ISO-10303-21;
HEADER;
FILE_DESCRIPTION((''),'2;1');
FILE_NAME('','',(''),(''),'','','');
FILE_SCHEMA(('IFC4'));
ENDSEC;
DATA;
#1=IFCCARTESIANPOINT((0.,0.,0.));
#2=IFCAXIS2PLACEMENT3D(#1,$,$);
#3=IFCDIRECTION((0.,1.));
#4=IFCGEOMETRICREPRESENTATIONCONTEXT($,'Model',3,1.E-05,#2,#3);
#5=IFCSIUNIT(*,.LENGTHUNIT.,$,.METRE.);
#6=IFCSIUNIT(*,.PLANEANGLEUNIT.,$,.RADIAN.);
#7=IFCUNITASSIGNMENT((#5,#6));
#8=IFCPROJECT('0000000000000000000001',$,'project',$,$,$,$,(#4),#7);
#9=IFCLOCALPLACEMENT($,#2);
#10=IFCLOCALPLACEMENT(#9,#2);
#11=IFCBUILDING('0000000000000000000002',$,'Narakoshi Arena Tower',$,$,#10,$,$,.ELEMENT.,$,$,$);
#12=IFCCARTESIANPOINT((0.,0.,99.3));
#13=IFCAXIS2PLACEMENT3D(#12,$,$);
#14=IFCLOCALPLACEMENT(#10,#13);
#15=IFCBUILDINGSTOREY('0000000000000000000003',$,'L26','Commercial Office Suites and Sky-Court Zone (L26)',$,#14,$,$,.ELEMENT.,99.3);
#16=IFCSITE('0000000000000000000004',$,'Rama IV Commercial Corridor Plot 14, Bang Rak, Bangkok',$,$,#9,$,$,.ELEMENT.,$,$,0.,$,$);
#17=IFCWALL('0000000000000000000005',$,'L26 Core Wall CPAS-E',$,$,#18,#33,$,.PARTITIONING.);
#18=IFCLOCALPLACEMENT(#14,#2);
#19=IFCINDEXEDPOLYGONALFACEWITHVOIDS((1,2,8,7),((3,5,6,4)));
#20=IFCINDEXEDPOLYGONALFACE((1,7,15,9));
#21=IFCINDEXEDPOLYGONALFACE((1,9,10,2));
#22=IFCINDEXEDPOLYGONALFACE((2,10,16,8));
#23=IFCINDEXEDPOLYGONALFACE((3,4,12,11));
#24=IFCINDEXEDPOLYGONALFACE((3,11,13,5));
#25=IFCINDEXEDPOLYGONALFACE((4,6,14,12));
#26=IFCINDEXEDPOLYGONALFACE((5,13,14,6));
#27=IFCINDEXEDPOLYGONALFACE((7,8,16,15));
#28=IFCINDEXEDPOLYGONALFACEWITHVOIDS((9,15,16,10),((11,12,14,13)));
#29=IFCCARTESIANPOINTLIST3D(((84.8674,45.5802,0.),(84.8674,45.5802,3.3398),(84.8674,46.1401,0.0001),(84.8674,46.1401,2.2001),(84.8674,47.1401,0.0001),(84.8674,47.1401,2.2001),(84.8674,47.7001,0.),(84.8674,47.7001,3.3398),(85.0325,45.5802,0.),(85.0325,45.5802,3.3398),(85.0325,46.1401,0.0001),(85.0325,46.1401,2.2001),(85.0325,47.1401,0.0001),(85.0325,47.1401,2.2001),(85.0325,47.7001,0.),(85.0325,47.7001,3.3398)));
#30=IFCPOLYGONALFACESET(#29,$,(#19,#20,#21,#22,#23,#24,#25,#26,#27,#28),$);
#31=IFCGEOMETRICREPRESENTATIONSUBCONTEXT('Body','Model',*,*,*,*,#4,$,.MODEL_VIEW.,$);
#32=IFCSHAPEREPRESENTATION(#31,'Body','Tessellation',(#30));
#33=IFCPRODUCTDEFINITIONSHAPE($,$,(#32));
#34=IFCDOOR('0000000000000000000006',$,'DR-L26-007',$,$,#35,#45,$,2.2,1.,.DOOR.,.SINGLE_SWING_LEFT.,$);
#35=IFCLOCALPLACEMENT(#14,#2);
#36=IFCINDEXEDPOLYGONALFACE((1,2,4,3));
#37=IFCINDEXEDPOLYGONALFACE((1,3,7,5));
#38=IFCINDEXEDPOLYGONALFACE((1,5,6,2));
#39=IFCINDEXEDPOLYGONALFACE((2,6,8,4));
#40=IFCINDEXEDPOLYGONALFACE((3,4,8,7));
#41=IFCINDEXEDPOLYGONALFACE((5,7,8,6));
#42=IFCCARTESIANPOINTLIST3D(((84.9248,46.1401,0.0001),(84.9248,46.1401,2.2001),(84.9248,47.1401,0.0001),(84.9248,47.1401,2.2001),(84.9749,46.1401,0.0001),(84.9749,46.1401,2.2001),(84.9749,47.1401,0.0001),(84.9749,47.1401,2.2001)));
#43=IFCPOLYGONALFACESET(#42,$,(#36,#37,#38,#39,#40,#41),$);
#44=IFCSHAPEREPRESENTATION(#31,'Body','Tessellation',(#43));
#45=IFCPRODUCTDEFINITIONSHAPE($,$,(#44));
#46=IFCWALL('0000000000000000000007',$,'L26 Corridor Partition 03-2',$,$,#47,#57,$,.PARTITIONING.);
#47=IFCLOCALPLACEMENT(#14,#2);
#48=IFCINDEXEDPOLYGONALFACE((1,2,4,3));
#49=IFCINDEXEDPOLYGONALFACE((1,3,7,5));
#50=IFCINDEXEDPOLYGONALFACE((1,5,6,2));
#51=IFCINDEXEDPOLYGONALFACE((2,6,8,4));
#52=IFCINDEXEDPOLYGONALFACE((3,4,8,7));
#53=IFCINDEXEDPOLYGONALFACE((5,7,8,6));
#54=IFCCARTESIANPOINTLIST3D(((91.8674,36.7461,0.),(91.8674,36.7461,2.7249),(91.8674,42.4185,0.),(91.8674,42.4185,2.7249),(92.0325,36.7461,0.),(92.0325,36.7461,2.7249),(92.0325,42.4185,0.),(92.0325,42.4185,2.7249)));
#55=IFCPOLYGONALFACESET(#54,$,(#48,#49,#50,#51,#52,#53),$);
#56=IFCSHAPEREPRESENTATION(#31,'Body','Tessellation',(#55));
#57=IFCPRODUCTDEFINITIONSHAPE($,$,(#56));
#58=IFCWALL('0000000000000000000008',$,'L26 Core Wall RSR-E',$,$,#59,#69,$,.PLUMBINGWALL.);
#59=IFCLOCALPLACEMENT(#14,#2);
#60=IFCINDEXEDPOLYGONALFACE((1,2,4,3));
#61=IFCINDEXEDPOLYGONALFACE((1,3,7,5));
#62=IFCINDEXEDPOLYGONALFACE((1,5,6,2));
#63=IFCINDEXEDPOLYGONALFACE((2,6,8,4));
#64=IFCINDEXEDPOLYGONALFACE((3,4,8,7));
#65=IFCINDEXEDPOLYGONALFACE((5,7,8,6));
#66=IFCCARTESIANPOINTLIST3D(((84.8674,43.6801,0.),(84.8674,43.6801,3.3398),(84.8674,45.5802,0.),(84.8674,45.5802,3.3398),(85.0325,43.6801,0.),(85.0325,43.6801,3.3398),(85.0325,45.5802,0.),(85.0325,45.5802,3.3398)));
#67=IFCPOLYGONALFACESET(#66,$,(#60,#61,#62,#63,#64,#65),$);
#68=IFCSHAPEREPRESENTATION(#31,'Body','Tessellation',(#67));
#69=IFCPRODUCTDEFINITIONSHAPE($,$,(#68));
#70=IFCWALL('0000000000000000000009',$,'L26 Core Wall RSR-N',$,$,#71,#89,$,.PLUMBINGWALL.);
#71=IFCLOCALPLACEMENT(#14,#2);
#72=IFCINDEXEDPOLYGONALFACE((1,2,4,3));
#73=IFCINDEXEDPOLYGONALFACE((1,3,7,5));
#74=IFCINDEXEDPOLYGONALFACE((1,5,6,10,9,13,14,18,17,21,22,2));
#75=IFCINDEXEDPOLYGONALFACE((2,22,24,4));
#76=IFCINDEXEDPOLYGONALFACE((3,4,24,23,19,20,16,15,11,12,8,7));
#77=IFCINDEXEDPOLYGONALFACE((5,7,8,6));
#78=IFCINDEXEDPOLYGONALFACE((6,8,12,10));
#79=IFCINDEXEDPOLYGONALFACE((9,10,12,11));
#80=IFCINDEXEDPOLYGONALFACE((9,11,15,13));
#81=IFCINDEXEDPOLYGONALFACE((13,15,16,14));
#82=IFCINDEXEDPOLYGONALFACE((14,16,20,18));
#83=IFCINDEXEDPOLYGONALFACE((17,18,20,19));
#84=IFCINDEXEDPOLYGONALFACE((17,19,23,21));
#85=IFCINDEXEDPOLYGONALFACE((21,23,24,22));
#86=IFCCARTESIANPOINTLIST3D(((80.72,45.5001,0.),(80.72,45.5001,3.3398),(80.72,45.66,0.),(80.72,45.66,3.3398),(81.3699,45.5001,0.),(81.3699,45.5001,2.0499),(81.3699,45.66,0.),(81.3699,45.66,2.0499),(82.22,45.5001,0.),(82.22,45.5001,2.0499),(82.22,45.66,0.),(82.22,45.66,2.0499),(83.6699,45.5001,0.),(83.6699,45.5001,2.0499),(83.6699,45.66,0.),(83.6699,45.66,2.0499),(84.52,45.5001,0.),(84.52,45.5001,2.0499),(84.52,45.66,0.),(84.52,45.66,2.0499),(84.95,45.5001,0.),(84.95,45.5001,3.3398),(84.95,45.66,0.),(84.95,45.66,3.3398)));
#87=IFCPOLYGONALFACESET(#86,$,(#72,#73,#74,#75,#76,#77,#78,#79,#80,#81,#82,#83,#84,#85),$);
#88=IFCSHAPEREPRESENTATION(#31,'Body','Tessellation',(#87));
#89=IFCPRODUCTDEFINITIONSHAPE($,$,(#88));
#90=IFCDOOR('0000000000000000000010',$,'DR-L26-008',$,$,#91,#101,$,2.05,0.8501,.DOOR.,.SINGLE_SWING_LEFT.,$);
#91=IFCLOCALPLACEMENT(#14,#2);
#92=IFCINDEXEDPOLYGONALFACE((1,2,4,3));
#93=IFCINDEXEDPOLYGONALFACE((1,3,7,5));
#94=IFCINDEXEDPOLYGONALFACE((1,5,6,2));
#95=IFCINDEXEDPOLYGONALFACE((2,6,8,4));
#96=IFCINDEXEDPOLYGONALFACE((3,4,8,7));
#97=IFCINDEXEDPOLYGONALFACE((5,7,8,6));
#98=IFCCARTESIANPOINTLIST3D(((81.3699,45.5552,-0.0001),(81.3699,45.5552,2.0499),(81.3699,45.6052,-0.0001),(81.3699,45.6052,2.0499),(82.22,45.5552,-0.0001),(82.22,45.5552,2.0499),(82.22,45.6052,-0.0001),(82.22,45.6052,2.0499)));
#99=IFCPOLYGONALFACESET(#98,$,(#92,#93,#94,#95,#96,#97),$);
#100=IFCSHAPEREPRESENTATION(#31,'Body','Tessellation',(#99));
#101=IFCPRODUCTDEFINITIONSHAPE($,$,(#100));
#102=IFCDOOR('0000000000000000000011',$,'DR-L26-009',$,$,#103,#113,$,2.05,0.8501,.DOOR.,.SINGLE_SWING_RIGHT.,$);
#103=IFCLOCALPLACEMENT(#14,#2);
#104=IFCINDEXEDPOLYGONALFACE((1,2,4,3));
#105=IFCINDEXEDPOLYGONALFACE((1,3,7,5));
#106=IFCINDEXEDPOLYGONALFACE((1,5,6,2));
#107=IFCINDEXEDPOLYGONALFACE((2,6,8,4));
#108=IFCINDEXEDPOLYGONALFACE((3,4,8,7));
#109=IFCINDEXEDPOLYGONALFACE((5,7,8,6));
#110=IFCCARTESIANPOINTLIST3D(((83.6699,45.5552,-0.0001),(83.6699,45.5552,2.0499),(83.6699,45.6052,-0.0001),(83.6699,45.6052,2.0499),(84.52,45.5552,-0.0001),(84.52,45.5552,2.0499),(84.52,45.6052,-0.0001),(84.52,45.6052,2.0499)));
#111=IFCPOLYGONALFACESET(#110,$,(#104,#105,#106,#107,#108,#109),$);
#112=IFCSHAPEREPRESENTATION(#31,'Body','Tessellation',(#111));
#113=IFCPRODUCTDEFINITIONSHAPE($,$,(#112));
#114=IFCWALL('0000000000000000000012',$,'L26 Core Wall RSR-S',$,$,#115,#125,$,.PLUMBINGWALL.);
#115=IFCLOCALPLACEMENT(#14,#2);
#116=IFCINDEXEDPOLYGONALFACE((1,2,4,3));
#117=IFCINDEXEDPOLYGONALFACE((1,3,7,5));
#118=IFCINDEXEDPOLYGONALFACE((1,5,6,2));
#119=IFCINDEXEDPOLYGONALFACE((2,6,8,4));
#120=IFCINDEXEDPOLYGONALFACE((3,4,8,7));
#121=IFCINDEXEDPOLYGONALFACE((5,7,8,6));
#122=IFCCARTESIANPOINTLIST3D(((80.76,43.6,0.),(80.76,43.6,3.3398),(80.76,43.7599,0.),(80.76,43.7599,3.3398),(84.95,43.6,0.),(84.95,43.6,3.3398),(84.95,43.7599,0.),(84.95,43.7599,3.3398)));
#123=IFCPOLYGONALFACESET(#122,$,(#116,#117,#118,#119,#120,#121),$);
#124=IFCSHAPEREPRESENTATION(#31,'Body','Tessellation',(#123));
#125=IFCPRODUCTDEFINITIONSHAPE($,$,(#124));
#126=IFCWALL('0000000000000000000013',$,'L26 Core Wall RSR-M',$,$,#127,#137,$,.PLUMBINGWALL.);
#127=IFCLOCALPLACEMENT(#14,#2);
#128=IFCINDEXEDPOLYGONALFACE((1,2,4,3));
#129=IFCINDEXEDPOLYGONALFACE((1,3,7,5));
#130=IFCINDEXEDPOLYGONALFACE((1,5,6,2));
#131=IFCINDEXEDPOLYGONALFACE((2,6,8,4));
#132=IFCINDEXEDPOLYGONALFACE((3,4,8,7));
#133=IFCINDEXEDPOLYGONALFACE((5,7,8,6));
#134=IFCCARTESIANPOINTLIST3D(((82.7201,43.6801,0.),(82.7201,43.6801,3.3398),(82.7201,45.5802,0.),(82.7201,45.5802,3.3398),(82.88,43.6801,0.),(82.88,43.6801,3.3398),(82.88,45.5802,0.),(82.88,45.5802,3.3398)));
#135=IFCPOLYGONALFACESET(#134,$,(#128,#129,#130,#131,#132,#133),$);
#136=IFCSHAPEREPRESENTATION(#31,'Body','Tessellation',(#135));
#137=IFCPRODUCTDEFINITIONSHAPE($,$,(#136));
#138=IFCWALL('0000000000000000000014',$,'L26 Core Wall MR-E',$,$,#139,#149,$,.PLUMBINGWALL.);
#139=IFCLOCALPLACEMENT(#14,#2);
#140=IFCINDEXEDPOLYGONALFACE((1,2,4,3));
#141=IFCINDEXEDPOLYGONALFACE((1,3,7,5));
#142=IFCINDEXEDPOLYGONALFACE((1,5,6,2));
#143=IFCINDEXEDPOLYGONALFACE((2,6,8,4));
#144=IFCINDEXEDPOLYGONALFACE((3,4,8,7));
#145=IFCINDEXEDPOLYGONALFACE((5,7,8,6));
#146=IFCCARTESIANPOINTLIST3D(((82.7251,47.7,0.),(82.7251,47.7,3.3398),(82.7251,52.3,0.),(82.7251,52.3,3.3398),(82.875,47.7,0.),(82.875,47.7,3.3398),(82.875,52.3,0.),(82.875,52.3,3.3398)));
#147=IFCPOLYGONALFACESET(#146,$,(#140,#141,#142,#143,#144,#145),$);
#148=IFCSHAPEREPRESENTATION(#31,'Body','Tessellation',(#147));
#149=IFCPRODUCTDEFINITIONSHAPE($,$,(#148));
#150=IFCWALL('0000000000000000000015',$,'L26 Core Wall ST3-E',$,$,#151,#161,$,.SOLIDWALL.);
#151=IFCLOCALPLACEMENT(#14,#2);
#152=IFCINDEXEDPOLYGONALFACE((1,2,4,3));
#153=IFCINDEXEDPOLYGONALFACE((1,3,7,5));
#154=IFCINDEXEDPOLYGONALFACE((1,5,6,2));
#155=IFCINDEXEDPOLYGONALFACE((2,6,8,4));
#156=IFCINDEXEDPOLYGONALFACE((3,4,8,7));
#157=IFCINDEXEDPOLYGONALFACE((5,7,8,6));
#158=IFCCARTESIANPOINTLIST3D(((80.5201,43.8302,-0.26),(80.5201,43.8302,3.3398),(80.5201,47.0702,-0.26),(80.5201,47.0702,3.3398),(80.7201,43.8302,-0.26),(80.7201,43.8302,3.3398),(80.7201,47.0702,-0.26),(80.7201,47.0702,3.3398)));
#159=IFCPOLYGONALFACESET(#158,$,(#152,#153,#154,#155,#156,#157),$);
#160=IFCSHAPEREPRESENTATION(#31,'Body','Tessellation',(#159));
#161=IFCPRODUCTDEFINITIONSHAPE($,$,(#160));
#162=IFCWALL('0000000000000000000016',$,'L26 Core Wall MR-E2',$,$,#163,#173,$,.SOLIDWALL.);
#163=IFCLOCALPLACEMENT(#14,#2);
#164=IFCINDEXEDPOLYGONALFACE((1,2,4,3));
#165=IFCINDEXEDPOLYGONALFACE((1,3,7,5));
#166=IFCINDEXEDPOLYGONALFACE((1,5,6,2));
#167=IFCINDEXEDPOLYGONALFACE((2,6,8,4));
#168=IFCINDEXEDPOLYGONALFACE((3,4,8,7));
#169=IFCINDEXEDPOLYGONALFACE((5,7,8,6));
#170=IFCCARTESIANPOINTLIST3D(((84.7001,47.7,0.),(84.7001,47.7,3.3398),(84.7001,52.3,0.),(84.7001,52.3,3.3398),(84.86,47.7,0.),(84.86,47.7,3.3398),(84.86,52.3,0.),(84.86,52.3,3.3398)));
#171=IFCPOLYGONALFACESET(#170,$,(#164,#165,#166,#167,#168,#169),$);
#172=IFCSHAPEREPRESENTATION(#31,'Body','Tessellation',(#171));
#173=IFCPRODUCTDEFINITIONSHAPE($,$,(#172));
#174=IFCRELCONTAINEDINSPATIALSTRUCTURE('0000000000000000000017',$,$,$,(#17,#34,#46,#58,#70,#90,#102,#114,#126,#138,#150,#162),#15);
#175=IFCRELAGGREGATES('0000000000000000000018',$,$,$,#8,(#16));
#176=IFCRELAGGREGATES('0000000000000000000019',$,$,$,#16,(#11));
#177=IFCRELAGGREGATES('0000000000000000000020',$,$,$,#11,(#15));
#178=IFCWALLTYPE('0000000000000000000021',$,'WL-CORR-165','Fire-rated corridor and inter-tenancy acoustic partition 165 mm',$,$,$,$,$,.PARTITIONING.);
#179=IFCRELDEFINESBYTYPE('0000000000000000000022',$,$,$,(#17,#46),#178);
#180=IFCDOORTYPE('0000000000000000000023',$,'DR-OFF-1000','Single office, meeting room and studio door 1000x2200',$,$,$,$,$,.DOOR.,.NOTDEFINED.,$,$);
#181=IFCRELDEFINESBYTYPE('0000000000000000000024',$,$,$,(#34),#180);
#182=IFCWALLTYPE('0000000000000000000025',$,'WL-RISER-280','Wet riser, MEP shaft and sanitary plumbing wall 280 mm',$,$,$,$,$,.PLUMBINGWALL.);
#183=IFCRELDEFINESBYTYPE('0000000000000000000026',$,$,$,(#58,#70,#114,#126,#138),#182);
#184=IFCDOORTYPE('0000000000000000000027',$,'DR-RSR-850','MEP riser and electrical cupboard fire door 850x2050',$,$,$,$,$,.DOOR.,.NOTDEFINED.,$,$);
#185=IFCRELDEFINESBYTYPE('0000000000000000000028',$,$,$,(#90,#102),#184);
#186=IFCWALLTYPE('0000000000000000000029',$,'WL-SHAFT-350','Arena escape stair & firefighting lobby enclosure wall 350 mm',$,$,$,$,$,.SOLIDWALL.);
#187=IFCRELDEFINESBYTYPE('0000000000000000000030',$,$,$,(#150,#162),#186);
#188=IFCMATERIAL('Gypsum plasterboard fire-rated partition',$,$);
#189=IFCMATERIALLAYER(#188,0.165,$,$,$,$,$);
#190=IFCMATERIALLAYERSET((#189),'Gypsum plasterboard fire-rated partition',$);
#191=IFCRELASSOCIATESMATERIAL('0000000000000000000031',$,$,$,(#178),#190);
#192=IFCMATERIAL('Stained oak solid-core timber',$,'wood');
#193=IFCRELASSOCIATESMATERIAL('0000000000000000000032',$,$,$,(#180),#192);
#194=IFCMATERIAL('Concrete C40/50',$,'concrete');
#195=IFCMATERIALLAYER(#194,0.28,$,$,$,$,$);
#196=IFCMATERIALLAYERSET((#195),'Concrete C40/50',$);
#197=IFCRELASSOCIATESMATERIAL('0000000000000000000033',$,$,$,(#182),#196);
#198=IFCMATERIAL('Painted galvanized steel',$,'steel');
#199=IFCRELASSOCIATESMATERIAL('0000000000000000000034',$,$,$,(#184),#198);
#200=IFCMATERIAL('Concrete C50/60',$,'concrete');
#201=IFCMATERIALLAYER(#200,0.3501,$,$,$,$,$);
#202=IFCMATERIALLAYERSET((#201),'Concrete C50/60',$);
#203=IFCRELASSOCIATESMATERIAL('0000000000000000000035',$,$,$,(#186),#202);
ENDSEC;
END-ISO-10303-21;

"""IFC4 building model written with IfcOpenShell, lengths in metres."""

from ifc_helpers import new_model, si_unit, direction, frame, frame_2d, origin, place, context, subcontext, project, spatial, rectangle, extrude, material, layer, layer_set, type_object, element, fill, save


model = new_model("IFC4")

# Units and contexts
model_context = context("Model", 3, precision=1e-05, world=origin(), true_north=direction((0.0, 1.0)))
body_context = subcontext(model_context, "Body", "Model", "MODEL_VIEW")
ifc_project = project(units=[si_unit("LENGTHUNIT", "METRE"), si_unit("PLANEANGLEUNIT", "RADIAN")], contexts=[model_context])

# Site, building, storey
site_placement = place(None, origin())
site = spatial("IfcSite", under=ifc_project, at=site_placement, Name="Rama IV Commercial Corridor Plot 14, Bang Rak, Bangkok", CompositionType="ELEMENT", RefElevation=0.0)
building_placement = place(site_placement, origin())
building = spatial("IfcBuilding", under=site, at=building_placement, Name="Narakoshi Arena Tower", CompositionType="ELEMENT")
storey_placement = place(building_placement, frame((0.0, 0.0, 99.3)))
storey = spatial("IfcBuildingStorey", under=building, at=storey_placement, Name="L26", Description="Commercial Office Suites and Sky-Court Zone (L26)", CompositionType="ELEMENT", Elevation=99.3)

# Wall, opening, door
ifc_material_1 = material(Name="Gypsum plasterboard fire-rated partition")
ifc_layer_1 = layer(ifc_material_1, 0.165)
ifc_layer_set_1 = layer_set([ifc_layer_1], Name="Gypsum plasterboard fire-rated partition")
wall_type_1 = type_object("IfcWallType", Name="WL-CORR-165", Description="Fire-rated corridor and inter-tenancy acoustic partition 165 mm", PredefinedType="PARTITIONING", material=ifc_layer_set_1)
wall_1_placement = place(storey_placement, frame((84.95, 45.5801, 0.0), z_axis=(0.0, 0.0, 1.0), x_axis=(0.0, 1.0, 0.0)))
wall_1 = element("IfcWall", 1, at=wall_1_placement, inside=storey, type_object=wall_type_1, Name="L26 Core Wall CPAS-E", PredefinedType="PARTITIONING", context=body_context, shape_type="SweptSolid", body=[
    extrude(rectangle(XDim=2.1199, YDim=0.165, at=frame_2d((1.0601, 0.0))), origin(), (0.0, 0.0, 1.0), 3.3398),
])
opening_1_placement = place(wall_1_placement, frame((0.5601, 0.0, 0.0)))
opening_1 = element("IfcOpeningElement", 2, at=opening_1_placement, cuts=wall_1, PredefinedType="OPENING", context=body_context, shape_type="SweptSolid", body=[
    extrude(rectangle(XDim=1.0, YDim=2.2, at=frame_2d((0.5, 1.1001))), frame((0.0, 0.0925, 0.0), z_axis=(0.0, -1.0, 0.0), x_axis=(1.0, 0.0, 0.0)), (0.0, 0.0, 1.0), 0.1851),
])
ifc_material_2 = material(Name="Stained oak solid-core timber", Category="wood")
door_type_1 = type_object("IfcDoorType", Name="DR-OFF-1000", Description="Single office, meeting room and studio door 1000x2200", OperationType="NOTDEFINED", PredefinedType="DOOR", material=ifc_material_2)
door_1_placement = place(opening_1_placement, frame((1.0, 0.0, 0.0), z_axis=(0.0, 0.0, 1.0), x_axis=(-1.0, 0.0, 0.0)))
door_1 = element("IfcDoor", 3, at=door_1_placement, inside=storey, type_object=door_type_1, Name="DR-L26-007", OperationType="SINGLE_SWING_LEFT", OverallHeight=2.2, OverallWidth=1.0, PredefinedType="DOOR", context=body_context, shape_type="SweptSolid", body=[
    extrude(rectangle(XDim=1.0, YDim=2.2, at=frame_2d((0.5, 1.1001))), frame((0.0, 0.0249, 0.0), z_axis=(0.0, -1.0, 0.0), x_axis=(1.0, 0.0, 0.0)), (0.0, 0.0, 1.0), 0.05),
])
fill(opening_1, door_1)

# Walls
wall_2_placement = place(storey_placement, frame((91.95, 42.4185, 0.0), z_axis=(0.0, 0.0, 1.0), x_axis=(0.0, -1.0, 0.0)))
element("IfcWall", 4, at=wall_2_placement, inside=storey, type_object=wall_type_1, Name="L26 Corridor Partition 03-2", PredefinedType="PARTITIONING", context=body_context, shape_type="SweptSolid", body=[
    extrude(rectangle(XDim=5.6724, YDim=0.165, at=frame_2d((2.8362, 0.0))), origin(), (0.0, 0.0, 1.0), 2.7249),
])
ifc_material_3 = material(Name="Concrete C40/50", Category="concrete")
ifc_layer_2 = layer(ifc_material_3, 0.28)
ifc_layer_set_2 = layer_set([ifc_layer_2], Name="Concrete C40/50")
wall_type_2 = type_object("IfcWallType", Name="WL-RISER-280", Description="Wet riser, MEP shaft and sanitary plumbing wall 280 mm", PredefinedType="PLUMBINGWALL", material=ifc_layer_set_2)
wall_3_placement = place(storey_placement, frame((84.95, 43.6799, 0.0), z_axis=(0.0, 0.0, 1.0), x_axis=(0.0, 1.0, 0.0)))
element("IfcWall", 5, at=wall_3_placement, inside=storey, type_object=wall_type_2, Name="L26 Core Wall RSR-E", PredefinedType="PLUMBINGWALL", context=body_context, shape_type="SweptSolid", body=[
    extrude(rectangle(XDim=1.9001, YDim=0.165, at=frame_2d((0.9502, 0.0))), origin(), (0.0, 0.0, 1.0), 3.3398),
])

# Wall, openings, doors
wall_4_placement = place(storey_placement, frame((80.72, 45.5801, 0.0), z_axis=(0.0, 0.0, 1.0), x_axis=(1.0, 0.0, 0.0)))
wall_4 = element("IfcWall", 6, at=wall_4_placement, inside=storey, type_object=wall_type_2, Name="L26 Core Wall RSR-N", PredefinedType="PLUMBINGWALL", context=body_context, shape_type="SweptSolid", body=[
    extrude(rectangle(XDim=4.23, YDim=0.1599, at=frame_2d((2.115, 0.0))), origin(), (0.0, 0.0, 1.0), 3.3398),
])
opening_2_placement = place(wall_4_placement, frame((0.6499, 0.0, 0.0)))
opening_2 = element("IfcOpeningElement", 7, at=opening_2_placement, cuts=wall_4, PredefinedType="OPENING", context=body_context, shape_type="SweptSolid", body=[
    extrude(rectangle(XDim=0.8501, YDim=2.05, at=frame_2d((0.425, 1.0249))), frame((0.0, 0.0898, 0.0), z_axis=(0.0, -1.0, 0.0), x_axis=(1.0, 0.0, 0.0)), (0.0, 0.0, 1.0), 0.1799),
])
opening_3_placement = place(wall_4_placement, frame((2.95, 0.0, 0.0)))
opening_3 = element("IfcOpeningElement", 8, at=opening_3_placement, cuts=wall_4, PredefinedType="OPENING", context=body_context, shape_type="SweptSolid", body=[
    extrude(rectangle(XDim=0.8501, YDim=2.05, at=frame_2d((0.425, 1.0249))), frame((0.0, 0.0898, 0.0), z_axis=(0.0, -1.0, 0.0), x_axis=(1.0, 0.0, 0.0)), (0.0, 0.0, 1.0), 0.1799),
])
ifc_material_4 = material(Name="Painted galvanized steel", Category="steel")
door_type_2 = type_object("IfcDoorType", Name="DR-RSR-850", Description="MEP riser and electrical cupboard fire door 850x2050", OperationType="NOTDEFINED", PredefinedType="DOOR", material=ifc_material_4)
door_2_placement = place(opening_2_placement, frame((0.8501, 0.0, 0.0), z_axis=(0.0, 0.0, 1.0), x_axis=(-1.0, 0.0, 0.0)))
door_2 = element("IfcDoor", 9, at=door_2_placement, inside=storey, type_object=door_type_2, Name="DR-L26-008", OperationType="SINGLE_SWING_LEFT", OverallHeight=2.05, OverallWidth=0.8501, PredefinedType="DOOR", context=body_context, shape_type="SweptSolid", body=[
    extrude(rectangle(XDim=0.8501, YDim=2.05, at=frame_2d((0.425, 1.0249))), frame((0.0, 0.0249, 0.0), z_axis=(0.0, -1.0, 0.0), x_axis=(1.0, 0.0, 0.0)), (0.0, 0.0, 1.0), 0.05),
])
fill(opening_2, door_2)
door_3_placement = place(opening_3_placement, frame((0.8501, 0.0, 0.0), z_axis=(0.0, 0.0, 1.0), x_axis=(-1.0, 0.0, 0.0)))
door_3 = element("IfcDoor", 10, at=door_3_placement, inside=storey, type_object=door_type_2, Name="DR-L26-009", OperationType="SINGLE_SWING_RIGHT", OverallHeight=2.05, OverallWidth=0.8501, PredefinedType="DOOR", context=body_context, shape_type="SweptSolid", body=[
    extrude(rectangle(XDim=0.8501, YDim=2.05, at=frame_2d((0.425, 1.0249))), frame((0.0, 0.0249, 0.0), z_axis=(0.0, -1.0, 0.0), x_axis=(1.0, 0.0, 0.0)), (0.0, 0.0, 1.0), 0.05),
])
fill(opening_3, door_3)

# Walls
wall_5_placement = place(storey_placement, frame((80.76, 43.6799, 0.0), z_axis=(0.0, 0.0, 1.0), x_axis=(1.0, 0.0, 0.0)))
element("IfcWall", 11, at=wall_5_placement, inside=storey, type_object=wall_type_2, Name="L26 Core Wall RSR-S", PredefinedType="PLUMBINGWALL", context=body_context, shape_type="SweptSolid", body=[
    extrude(rectangle(XDim=4.1899, YDim=0.1599, at=frame_2d((2.095, 0.0))), origin(), (0.0, 0.0, 1.0), 3.3398),
])
wall_6_placement = place(storey_placement, frame((82.8, 43.6799, 0.0), z_axis=(0.0, 0.0, 1.0), x_axis=(0.0, 1.0, 0.0)))
element("IfcWall", 12, at=wall_6_placement, inside=storey, type_object=wall_type_2, Name="L26 Core Wall RSR-M", PredefinedType="PLUMBINGWALL", context=body_context, shape_type="SweptSolid", body=[
    extrude(rectangle(XDim=1.9001, YDim=0.1599, at=frame_2d((0.9502, 0.0))), origin(), (0.0, 0.0, 1.0), 3.3398),
])
wall_7_placement = place(storey_placement, frame((82.8, 47.7, 0.0), z_axis=(0.0, 0.0, 1.0), x_axis=(0.0, 1.0, 0.0)))
element("IfcWall", 13, at=wall_7_placement, inside=storey, type_object=wall_type_2, Name="L26 Core Wall MR-E", PredefinedType="PLUMBINGWALL", context=body_context, shape_type="SweptSolid", body=[
    extrude(rectangle(XDim=4.6001, YDim=0.1499, at=frame_2d((2.3, 0.0))), origin(), (0.0, 0.0, 1.0), 3.3398),
])
ifc_material_5 = material(Name="Concrete C50/60", Category="concrete")
ifc_layer_3 = layer(ifc_material_5, 0.3501)
ifc_layer_set_3 = layer_set([ifc_layer_3], Name="Concrete C50/60")
wall_type_3 = type_object("IfcWallType", Name="WL-SHAFT-350", Description="Arena escape stair & firefighting lobby enclosure wall 350 mm", PredefinedType="SOLIDWALL", material=ifc_layer_set_3)
wall_8_placement = place(storey_placement, frame((80.6201, 43.8301, -0.26), z_axis=(0.0, 0.0, 1.0), x_axis=(0.0, 1.0, 0.0)))
element("IfcWall", 14, at=wall_8_placement, inside=storey, type_object=wall_type_3, Name="L26 Core Wall ST3-E", PredefinedType="SOLIDWALL", context=body_context, shape_type="SweptSolid", body=[
    extrude(rectangle(XDim=3.24, YDim=0.2, at=frame_2d((1.6201, 0.0))), origin(), (0.0, 0.0, 1.0), 3.5999),
])
wall_9_placement = place(storey_placement, frame((84.78, 47.7, 0.0), z_axis=(0.0, 0.0, 1.0), x_axis=(0.0, 1.0, 0.0)))
element("IfcWall", 15, at=wall_9_placement, inside=storey, type_object=wall_type_3, Name="L26 Core Wall MR-E2", PredefinedType="SOLIDWALL", context=body_context, shape_type="SweptSolid", body=[
    extrude(rectangle(XDim=4.6001, YDim=0.1599, at=frame_2d((2.3, 0.0))), origin(), (0.0, 0.0, 1.0), 3.3398),
])

save(model, "model.ifc")
